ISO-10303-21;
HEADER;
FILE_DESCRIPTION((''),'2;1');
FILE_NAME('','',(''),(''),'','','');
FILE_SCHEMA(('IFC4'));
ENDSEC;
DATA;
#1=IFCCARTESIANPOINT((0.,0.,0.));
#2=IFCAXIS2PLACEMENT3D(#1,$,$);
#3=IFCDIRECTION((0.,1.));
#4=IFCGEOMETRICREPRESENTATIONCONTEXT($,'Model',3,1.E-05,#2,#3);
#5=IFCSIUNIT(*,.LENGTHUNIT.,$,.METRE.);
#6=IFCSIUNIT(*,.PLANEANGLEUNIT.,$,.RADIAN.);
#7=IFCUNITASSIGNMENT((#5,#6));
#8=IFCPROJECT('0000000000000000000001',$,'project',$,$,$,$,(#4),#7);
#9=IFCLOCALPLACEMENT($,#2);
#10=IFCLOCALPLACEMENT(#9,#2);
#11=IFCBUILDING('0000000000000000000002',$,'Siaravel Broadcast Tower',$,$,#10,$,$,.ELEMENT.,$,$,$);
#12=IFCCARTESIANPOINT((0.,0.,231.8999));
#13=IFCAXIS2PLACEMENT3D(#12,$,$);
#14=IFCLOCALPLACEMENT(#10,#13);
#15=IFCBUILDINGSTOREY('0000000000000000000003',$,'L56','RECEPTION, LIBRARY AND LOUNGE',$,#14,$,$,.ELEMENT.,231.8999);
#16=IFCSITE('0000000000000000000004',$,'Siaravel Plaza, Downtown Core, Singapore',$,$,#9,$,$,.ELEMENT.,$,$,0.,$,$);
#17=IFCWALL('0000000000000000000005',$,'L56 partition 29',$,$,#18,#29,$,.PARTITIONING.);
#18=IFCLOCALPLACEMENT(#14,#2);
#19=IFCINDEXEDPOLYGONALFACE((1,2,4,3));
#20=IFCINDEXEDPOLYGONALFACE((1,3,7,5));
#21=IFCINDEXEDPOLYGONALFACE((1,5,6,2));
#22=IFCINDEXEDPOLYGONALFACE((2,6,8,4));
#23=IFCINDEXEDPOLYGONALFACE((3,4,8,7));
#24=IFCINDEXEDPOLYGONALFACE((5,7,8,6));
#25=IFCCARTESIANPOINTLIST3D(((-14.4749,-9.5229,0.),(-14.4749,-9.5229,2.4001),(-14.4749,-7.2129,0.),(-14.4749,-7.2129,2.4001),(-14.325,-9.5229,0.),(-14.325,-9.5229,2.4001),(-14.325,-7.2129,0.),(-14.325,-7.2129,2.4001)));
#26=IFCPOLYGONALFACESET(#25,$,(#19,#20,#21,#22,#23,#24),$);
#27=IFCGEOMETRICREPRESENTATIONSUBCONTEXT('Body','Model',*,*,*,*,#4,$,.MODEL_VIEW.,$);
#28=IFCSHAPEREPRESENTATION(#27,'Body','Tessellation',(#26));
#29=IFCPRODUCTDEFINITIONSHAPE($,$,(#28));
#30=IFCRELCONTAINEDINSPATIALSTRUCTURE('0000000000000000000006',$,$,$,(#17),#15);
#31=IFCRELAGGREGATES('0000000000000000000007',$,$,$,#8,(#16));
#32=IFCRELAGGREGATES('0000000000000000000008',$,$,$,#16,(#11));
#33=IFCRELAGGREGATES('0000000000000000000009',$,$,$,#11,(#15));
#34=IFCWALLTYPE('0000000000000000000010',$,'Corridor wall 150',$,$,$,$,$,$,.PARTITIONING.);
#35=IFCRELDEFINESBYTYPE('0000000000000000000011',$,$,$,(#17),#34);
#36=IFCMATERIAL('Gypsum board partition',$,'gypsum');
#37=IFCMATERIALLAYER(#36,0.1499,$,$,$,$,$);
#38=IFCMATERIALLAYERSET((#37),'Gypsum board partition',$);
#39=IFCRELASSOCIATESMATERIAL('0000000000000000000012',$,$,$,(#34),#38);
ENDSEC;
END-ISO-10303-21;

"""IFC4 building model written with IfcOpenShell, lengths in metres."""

from ifc_helpers import new_model, si_unit, direction, frame, frame_2d, origin, place, context, subcontext, project, spatial, rectangle, extrude, material, layer, layer_set, type_object, element, save


model = new_model("IFC4")

# Units and contexts
model_context = context("Model", 3, precision=1e-05, world=origin(), true_north=direction((0.0, 1.0)))
body_context = subcontext(model_context, "Body", "Model", "MODEL_VIEW")
ifc_project = project(units=[si_unit("LENGTHUNIT", "METRE"), si_unit("PLANEANGLEUNIT", "RADIAN")], contexts=[model_context])

# Site, building, storey
site_placement = place(None, origin())
site = spatial("IfcSite", under=ifc_project, at=site_placement, Name="Siaravel Plaza, Downtown Core, Singapore", CompositionType="ELEMENT", RefElevation=0.0)
building_placement = place(site_placement, origin())
building = spatial("IfcBuilding", under=site, at=building_placement, Name="Siaravel Broadcast Tower", CompositionType="ELEMENT")
storey_placement = place(building_placement, frame((0.0, 0.0, 231.8999)))
storey = spatial("IfcBuildingStorey", under=building, at=storey_placement, Name="L56", Description="RECEPTION, LIBRARY AND LOUNGE", CompositionType="ELEMENT", Elevation=231.8999)

# Shared definitions
ifc_material_1 = material(Name="Gypsum board partition", Category="gypsum")
ifc_layer_1 = layer(ifc_material_1, 0.1499)
ifc_layer_set_1 = layer_set([ifc_layer_1], Name="Gypsum board partition")
wall_type_1 = type_object("IfcWallType", Name="Corridor wall 150", PredefinedType="PARTITIONING", material=ifc_layer_set_1)

# Wall
wall_1_placement = place(storey_placement, frame((-14.3999, -7.2129, 0.0), z_axis=(0.0, 0.0, 1.0), x_axis=(0.0, -1.0, 0.0)))
element("IfcWall", 1, at=wall_1_placement, inside=storey, type_object=wall_type_1, Name="L56 partition 29", PredefinedType="PARTITIONING", context=body_context, shape_type="SweptSolid", body=[
    extrude(rectangle(XDim=2.3101, YDim=0.1499, at=frame_2d((1.155, 0.0))), origin(), (0.0, 0.0, 1.0), 2.4001),
])

save(model, "model.ifc")
